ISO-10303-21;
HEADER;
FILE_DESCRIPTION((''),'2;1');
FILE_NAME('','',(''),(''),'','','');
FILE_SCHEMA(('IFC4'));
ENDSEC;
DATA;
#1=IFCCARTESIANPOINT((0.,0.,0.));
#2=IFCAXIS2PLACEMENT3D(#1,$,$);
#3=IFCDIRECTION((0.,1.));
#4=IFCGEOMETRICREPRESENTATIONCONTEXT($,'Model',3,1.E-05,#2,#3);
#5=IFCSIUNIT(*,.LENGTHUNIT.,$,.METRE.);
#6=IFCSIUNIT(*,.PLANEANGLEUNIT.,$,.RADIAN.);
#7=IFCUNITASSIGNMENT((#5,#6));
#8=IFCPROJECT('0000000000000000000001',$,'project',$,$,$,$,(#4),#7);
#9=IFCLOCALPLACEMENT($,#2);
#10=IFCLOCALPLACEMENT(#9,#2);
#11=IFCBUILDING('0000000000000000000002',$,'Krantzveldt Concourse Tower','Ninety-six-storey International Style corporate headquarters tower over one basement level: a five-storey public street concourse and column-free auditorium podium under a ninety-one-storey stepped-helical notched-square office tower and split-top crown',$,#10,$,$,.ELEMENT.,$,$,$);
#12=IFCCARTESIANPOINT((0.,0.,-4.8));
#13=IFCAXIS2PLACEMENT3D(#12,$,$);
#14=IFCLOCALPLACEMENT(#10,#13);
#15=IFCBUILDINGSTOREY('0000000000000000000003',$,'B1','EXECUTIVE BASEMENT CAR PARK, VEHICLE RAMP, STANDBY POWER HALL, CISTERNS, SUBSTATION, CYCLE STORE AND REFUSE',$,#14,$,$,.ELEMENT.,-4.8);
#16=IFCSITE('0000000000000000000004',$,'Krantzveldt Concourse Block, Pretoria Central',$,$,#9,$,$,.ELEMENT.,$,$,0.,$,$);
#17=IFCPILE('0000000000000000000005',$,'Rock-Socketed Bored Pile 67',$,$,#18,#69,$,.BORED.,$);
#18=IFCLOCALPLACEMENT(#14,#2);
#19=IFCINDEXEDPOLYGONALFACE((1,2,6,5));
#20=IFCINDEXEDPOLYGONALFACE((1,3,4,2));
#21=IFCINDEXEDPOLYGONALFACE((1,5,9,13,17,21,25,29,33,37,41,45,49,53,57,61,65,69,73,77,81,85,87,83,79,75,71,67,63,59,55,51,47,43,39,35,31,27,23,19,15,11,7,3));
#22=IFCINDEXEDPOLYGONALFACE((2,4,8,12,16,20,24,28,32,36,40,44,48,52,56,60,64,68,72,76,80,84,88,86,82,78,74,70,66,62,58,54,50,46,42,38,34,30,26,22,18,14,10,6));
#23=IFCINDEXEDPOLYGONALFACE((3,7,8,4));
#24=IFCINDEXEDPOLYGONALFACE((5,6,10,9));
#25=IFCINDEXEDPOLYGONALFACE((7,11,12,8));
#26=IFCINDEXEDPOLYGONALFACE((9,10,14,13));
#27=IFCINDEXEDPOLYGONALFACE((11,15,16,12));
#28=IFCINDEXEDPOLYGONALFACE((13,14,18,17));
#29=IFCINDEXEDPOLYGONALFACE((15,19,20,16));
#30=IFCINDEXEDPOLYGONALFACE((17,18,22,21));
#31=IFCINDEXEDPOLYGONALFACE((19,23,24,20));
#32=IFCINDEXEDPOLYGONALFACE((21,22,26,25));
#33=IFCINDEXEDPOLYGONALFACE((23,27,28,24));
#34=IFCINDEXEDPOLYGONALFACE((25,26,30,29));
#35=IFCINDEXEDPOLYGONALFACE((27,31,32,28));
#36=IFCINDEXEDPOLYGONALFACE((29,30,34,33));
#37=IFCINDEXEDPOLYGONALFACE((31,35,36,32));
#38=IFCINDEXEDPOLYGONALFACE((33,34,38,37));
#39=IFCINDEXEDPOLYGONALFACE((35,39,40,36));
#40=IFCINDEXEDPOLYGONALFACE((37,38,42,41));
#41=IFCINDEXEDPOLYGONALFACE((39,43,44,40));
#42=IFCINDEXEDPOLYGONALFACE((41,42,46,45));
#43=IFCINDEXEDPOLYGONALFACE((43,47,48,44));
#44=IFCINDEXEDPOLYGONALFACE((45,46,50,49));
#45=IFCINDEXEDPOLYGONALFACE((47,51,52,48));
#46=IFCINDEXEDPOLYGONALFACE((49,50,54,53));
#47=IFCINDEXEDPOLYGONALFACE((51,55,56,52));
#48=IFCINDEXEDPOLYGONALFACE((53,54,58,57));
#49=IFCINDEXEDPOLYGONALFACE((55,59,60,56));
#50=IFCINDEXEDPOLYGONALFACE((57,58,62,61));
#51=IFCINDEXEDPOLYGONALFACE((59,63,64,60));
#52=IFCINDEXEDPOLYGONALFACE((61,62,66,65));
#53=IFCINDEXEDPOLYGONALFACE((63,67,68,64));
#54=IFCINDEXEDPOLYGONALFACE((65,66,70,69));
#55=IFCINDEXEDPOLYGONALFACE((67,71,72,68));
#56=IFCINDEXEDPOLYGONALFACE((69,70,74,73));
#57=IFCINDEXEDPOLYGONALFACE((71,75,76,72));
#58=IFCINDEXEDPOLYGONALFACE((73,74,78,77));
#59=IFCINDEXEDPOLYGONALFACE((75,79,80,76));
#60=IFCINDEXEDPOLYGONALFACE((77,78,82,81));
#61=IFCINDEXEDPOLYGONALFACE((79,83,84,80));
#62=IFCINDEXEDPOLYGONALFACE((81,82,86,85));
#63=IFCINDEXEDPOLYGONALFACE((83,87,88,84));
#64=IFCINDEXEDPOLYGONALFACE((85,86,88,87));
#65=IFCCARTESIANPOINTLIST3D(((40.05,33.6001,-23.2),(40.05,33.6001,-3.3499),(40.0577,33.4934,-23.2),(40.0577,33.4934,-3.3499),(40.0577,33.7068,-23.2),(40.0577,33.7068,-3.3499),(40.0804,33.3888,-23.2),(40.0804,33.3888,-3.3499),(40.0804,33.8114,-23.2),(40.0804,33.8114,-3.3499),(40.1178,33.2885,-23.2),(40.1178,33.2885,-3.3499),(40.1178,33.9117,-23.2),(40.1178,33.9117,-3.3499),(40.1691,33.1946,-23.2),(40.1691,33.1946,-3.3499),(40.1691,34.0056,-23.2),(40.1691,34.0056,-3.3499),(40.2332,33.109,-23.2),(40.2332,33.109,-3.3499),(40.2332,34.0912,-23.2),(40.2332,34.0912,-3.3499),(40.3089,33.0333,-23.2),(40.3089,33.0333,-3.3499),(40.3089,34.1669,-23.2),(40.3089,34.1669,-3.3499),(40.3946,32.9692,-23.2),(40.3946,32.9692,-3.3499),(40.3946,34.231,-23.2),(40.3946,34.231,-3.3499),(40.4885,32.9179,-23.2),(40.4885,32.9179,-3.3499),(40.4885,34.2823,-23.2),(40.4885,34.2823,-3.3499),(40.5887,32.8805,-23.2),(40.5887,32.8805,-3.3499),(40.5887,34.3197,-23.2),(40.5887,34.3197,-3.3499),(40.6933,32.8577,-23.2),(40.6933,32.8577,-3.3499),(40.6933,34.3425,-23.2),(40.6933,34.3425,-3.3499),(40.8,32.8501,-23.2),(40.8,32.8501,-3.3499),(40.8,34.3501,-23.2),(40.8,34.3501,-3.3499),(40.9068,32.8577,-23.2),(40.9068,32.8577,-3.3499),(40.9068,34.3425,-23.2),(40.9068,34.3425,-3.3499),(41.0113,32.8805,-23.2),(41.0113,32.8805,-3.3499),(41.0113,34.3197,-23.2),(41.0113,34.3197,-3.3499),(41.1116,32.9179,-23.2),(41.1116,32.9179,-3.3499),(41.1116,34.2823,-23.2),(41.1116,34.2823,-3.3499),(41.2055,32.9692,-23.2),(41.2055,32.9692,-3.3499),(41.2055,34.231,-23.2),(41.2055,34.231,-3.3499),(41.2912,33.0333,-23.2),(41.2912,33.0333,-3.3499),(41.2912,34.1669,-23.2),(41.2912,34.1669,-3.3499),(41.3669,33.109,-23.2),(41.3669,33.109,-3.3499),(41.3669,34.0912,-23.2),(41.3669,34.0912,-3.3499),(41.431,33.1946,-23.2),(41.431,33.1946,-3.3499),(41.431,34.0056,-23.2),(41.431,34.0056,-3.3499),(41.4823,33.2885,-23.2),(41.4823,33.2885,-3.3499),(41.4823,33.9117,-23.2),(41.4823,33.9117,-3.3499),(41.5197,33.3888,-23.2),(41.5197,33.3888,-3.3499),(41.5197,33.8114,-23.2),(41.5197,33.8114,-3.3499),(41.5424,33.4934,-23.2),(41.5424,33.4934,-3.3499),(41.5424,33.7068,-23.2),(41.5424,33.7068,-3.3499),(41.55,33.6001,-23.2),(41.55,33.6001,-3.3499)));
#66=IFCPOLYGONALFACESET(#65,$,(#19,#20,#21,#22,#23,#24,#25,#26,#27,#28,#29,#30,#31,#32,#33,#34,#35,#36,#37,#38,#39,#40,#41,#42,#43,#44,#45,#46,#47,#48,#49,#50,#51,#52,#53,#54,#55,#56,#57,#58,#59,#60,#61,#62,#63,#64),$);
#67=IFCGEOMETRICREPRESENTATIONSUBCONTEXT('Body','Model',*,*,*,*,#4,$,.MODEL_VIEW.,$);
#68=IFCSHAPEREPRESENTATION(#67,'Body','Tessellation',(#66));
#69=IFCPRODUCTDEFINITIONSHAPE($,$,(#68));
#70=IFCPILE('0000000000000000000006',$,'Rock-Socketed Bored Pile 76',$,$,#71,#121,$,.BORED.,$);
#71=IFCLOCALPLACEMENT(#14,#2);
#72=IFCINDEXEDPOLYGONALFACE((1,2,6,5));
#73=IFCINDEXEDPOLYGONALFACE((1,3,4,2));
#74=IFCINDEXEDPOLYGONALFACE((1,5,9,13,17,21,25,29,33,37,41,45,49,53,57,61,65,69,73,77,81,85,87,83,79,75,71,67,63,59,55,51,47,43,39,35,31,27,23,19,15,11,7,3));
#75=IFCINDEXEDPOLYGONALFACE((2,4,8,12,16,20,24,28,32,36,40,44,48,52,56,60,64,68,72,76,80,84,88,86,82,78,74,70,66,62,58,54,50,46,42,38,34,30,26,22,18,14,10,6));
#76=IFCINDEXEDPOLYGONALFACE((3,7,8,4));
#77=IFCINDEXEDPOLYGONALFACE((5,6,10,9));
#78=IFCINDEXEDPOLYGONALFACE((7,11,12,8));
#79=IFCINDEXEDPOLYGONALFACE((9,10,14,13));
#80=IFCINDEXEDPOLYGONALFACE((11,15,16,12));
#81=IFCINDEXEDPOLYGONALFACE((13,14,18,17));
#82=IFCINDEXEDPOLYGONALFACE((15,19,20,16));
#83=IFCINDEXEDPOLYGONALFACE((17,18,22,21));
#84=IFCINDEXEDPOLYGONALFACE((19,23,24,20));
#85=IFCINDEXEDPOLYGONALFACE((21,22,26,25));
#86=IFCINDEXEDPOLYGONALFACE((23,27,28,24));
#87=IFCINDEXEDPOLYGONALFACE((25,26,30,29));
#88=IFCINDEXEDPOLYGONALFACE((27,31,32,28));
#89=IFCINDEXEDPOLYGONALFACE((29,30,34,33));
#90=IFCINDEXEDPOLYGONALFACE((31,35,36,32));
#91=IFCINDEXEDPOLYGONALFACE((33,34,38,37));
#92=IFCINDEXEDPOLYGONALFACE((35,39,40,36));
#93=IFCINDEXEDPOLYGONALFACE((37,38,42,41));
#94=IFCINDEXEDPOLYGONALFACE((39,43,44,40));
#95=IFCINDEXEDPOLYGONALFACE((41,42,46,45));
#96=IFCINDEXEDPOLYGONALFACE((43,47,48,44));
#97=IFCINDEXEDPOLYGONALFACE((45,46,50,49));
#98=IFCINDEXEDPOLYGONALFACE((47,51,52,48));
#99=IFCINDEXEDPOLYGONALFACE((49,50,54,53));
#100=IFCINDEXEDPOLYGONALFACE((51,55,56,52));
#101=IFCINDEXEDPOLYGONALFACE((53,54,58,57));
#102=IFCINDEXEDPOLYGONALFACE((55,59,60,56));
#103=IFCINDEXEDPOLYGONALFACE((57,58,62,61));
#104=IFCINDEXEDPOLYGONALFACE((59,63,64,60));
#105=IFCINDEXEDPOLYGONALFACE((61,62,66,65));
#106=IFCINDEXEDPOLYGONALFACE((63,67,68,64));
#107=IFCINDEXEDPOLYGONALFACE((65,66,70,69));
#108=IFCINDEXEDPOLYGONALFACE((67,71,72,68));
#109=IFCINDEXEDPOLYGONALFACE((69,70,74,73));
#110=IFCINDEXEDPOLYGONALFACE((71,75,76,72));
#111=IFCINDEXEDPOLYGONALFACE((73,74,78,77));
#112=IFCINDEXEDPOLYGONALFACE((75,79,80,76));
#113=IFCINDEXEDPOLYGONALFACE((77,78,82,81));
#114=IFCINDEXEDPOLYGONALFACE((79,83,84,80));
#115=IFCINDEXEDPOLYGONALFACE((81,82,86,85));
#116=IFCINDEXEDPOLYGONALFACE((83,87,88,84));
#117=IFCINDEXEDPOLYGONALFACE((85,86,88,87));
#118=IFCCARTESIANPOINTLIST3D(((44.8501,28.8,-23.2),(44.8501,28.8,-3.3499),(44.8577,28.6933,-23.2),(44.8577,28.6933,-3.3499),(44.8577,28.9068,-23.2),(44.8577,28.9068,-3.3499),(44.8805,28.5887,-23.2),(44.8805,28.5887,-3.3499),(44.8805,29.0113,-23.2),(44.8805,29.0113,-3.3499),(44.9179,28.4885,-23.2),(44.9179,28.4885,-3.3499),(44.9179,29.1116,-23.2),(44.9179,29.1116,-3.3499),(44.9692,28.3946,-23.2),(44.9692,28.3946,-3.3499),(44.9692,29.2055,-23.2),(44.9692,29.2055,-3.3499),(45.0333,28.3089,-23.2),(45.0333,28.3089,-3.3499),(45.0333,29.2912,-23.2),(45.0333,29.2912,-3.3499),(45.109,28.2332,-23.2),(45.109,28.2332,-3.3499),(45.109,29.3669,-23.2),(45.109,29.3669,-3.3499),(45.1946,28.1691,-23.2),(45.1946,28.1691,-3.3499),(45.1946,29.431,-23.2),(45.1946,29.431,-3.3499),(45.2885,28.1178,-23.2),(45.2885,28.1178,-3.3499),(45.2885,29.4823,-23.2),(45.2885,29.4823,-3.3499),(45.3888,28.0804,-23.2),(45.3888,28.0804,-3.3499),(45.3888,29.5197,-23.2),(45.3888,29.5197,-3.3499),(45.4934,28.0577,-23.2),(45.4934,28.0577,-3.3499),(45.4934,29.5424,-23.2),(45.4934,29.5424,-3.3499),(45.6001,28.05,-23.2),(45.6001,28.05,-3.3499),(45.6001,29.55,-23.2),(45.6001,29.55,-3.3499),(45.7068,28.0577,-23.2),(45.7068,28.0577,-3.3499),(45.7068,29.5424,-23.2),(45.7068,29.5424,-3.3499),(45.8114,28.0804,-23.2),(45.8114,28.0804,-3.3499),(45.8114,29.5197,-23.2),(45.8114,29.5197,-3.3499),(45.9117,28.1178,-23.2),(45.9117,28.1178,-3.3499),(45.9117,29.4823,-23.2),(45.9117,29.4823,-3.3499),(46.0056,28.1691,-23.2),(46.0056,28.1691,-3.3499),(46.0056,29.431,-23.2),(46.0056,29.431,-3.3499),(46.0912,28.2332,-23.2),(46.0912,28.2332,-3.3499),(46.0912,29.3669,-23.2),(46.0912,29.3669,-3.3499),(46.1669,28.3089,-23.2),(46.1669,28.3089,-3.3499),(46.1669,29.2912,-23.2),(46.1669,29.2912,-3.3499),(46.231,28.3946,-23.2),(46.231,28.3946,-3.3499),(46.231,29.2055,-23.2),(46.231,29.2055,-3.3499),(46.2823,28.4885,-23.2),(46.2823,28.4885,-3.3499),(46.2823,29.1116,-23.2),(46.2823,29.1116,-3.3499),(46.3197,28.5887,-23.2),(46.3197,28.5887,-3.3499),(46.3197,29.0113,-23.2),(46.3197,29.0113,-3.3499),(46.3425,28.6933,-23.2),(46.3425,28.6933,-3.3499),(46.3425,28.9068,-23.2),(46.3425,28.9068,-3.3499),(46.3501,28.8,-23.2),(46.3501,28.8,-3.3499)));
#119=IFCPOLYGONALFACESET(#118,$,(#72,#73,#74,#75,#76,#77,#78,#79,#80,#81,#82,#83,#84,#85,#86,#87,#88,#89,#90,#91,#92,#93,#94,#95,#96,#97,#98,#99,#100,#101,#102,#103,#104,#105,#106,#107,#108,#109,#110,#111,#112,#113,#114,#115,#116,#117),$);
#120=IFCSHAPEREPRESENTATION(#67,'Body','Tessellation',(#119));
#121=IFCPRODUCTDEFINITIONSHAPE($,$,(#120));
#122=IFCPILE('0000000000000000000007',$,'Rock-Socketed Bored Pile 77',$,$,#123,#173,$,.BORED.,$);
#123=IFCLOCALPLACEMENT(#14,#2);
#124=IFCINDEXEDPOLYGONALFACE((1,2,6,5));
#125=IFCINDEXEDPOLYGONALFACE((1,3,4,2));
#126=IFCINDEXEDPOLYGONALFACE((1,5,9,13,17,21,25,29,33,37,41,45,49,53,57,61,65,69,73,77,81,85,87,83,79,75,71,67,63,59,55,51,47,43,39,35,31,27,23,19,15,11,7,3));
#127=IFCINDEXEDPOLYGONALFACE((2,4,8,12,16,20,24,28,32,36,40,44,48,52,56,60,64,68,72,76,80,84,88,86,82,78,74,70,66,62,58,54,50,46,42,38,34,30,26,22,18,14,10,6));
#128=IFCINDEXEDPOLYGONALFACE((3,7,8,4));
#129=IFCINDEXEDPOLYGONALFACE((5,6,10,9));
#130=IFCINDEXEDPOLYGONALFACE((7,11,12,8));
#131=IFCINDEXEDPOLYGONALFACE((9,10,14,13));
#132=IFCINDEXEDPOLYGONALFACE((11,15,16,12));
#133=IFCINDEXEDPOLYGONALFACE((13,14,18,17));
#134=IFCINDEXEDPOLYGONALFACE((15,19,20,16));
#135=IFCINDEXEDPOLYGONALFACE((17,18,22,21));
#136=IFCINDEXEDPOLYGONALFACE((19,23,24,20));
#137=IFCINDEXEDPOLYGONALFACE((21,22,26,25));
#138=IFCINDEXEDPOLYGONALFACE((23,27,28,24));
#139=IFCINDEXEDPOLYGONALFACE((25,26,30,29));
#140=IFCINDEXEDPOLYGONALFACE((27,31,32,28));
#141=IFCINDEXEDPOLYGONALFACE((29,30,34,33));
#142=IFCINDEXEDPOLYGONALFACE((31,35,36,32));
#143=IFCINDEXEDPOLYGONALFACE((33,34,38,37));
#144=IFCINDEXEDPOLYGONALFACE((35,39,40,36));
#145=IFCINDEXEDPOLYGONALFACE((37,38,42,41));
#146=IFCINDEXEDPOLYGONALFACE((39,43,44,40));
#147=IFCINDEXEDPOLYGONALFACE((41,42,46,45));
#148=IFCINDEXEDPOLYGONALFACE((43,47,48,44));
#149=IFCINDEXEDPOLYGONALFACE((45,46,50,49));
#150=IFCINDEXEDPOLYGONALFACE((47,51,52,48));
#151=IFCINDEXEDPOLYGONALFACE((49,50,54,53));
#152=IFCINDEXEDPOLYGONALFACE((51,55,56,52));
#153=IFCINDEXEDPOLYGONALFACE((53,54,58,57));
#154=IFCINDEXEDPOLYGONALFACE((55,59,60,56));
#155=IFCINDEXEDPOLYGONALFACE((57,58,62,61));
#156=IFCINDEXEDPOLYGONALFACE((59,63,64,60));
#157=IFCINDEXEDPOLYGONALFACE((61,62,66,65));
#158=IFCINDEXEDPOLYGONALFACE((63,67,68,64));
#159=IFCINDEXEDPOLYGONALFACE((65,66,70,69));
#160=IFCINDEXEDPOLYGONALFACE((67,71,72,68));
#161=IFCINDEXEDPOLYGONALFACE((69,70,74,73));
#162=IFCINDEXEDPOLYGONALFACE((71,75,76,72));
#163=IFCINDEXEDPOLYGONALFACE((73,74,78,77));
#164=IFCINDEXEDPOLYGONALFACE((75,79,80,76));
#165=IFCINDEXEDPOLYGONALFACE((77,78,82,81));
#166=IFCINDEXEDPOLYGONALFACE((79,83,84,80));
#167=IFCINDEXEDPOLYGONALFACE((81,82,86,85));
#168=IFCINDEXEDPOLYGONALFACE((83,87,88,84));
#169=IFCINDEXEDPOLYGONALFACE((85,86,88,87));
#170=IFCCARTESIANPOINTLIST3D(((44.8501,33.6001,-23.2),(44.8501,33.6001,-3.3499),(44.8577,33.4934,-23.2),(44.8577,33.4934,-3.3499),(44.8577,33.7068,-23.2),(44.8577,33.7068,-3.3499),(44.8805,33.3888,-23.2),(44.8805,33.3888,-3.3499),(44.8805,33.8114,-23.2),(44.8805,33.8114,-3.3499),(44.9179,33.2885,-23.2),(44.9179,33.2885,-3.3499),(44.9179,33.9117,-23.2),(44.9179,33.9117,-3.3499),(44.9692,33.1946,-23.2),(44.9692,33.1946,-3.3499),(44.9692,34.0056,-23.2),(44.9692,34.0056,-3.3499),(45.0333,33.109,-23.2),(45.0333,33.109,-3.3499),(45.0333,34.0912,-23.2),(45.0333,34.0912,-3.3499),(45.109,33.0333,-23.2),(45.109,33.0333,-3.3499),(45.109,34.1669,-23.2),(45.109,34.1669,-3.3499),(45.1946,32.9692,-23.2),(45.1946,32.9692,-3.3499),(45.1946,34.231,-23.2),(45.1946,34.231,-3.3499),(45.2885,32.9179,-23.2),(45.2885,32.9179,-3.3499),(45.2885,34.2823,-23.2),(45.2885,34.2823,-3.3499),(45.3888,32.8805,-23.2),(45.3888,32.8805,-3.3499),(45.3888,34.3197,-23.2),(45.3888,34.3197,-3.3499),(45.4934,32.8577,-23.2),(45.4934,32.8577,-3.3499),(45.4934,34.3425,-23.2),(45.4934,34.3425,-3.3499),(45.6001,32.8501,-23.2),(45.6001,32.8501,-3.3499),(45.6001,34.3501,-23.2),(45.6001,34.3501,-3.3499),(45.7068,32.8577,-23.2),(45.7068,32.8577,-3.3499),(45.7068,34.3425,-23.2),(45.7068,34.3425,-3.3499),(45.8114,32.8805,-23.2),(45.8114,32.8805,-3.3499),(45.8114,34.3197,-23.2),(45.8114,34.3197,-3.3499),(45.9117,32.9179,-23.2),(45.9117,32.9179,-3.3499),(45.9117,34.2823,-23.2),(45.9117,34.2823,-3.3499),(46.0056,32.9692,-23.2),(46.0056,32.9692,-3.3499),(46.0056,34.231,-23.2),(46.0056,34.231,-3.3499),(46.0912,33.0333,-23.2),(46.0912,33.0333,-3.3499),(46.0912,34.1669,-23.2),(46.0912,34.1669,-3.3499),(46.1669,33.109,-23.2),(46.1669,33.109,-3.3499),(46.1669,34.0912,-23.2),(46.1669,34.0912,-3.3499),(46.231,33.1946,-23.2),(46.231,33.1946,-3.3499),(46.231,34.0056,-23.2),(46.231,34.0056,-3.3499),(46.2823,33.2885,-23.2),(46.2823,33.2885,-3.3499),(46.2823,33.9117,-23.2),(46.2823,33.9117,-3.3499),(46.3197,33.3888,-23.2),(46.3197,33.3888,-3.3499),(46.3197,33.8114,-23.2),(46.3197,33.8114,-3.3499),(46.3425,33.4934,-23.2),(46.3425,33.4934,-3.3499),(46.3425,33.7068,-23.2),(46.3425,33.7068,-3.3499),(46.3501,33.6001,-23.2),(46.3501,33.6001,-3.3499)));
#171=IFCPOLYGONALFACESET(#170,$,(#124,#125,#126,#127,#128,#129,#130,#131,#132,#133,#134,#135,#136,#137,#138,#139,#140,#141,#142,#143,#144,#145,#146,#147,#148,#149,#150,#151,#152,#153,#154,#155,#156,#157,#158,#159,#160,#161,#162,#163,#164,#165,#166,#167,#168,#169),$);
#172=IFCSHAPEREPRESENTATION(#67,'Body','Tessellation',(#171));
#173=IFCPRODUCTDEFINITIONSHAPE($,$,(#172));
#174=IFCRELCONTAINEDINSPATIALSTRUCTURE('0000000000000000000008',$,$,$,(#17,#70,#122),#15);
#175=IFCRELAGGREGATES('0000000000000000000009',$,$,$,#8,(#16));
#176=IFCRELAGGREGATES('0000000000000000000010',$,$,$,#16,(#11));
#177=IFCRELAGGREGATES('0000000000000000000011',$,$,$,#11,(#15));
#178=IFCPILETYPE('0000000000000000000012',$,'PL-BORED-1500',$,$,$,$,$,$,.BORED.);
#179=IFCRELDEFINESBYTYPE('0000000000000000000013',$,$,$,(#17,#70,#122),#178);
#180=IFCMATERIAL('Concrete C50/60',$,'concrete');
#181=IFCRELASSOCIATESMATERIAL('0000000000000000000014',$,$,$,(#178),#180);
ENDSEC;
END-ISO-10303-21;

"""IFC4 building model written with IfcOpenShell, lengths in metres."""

from ifc_helpers import new_model, si_unit, direction, frame, origin, origin_2d, place, context, subcontext, project, spatial, circle, extrude, source, transform, mapped, material, material_profile, profile_set, type_object, type_shapes, element, save


model = new_model("IFC4")

# Units and contexts
model_context = context("Model", 3, precision=1e-05, world=origin(), true_north=direction((0.0, 1.0)))
body_context = subcontext(model_context, "Body", "Model", "MODEL_VIEW")
ifc_project = project(units=[si_unit("LENGTHUNIT", "METRE"), si_unit("PLANEANGLEUNIT", "RADIAN")], contexts=[model_context])

# Site, building, storey
site_placement = place(None, origin())
site = spatial("IfcSite", under=ifc_project, at=site_placement, Name="Krantzveldt Concourse Block, Pretoria Central", CompositionType="ELEMENT", RefElevation=0.0)
building_placement = place(site_placement, origin())
building = spatial("IfcBuilding", under=site, at=building_placement, Name="Krantzveldt Concourse Tower", Description="Ninety-six-storey International Style corporate headquarters tower over one basement level: a five-storey public street concourse and column-free auditorium podium under a ninety-one-storey stepped-helical notched-square office tower and split-top crown", CompositionType="ELEMENT")
storey_placement = place(building_placement, frame((0.0, 0.0, -4.8)))
storey = spatial("IfcBuildingStorey", under=building, at=storey_placement, Name="B1", Description="EXECUTIVE BASEMENT CAR PARK, VEHICLE RAMP, STANDBY POWER HALL, CISTERNS, SUBSTATION, CYCLE STORE AND REFUSE", CompositionType="ELEMENT", Elevation=-4.8)

# Piles
ifc_material_1 = material(Name="Concrete C50/60", Category="concrete")
ifc_material_profile_1 = material_profile(ifc_material_1, circle(Radius=0.75, at=origin_2d()), Name="Concrete C50/60", Category="concrete")
ifc_profile_set_1 = profile_set([ifc_material_profile_1], Name="Concrete C50/60 - PILE D1500")
pile_type_1 = type_object("IfcPileType", Name="PL-BORED-1500", PredefinedType="BORED", material=ifc_profile_set_1)
shared_shape_1 = source(origin(), body_context, "Body", "SweptSolid", [
    extrude(circle(Radius=0.75, at=origin_2d()), origin(), (0.0, 0.0, 1.0), 19.8501),
])
type_shapes(pile_type_1, [shared_shape_1])
for number, where, z_axis, x_axis, name in (
    (1, (40.8, 33.6001, -3.3499), (0.0, 0.0, -1.0), (1.0, 0.0, 0.0), "Rock-Socketed Bored Pile 67"),
    (2, (45.6001, 28.8, -3.3499), (0.0, 0.0, -1.0), (1.0, 0.0, 0.0), "Rock-Socketed Bored Pile 76"),
    (3, (45.6001, 33.6001, -3.3499), (0.0, 0.0, -1.0), (1.0, 0.0, 0.0), "Rock-Socketed Bored Pile 77"),
):
    element("IfcPile", number, at=place(storey_placement, frame(where, z_axis=z_axis, x_axis=x_axis)), inside=storey, type_object=pile_type_1, Name=name, PredefinedType="BORED", context=body_context, shape_type="MappedRepresentation", body=[
        mapped(shared_shape_1, transform((0.0, 0.0, 0.0), x_axis=(1.0, 0.0, 0.0), y_axis=(0.0, 1.0, 0.0), z_axis=(0.0, 0.0, 1.0), scale=1.0)),
    ])

save(model, "model.ifc")
